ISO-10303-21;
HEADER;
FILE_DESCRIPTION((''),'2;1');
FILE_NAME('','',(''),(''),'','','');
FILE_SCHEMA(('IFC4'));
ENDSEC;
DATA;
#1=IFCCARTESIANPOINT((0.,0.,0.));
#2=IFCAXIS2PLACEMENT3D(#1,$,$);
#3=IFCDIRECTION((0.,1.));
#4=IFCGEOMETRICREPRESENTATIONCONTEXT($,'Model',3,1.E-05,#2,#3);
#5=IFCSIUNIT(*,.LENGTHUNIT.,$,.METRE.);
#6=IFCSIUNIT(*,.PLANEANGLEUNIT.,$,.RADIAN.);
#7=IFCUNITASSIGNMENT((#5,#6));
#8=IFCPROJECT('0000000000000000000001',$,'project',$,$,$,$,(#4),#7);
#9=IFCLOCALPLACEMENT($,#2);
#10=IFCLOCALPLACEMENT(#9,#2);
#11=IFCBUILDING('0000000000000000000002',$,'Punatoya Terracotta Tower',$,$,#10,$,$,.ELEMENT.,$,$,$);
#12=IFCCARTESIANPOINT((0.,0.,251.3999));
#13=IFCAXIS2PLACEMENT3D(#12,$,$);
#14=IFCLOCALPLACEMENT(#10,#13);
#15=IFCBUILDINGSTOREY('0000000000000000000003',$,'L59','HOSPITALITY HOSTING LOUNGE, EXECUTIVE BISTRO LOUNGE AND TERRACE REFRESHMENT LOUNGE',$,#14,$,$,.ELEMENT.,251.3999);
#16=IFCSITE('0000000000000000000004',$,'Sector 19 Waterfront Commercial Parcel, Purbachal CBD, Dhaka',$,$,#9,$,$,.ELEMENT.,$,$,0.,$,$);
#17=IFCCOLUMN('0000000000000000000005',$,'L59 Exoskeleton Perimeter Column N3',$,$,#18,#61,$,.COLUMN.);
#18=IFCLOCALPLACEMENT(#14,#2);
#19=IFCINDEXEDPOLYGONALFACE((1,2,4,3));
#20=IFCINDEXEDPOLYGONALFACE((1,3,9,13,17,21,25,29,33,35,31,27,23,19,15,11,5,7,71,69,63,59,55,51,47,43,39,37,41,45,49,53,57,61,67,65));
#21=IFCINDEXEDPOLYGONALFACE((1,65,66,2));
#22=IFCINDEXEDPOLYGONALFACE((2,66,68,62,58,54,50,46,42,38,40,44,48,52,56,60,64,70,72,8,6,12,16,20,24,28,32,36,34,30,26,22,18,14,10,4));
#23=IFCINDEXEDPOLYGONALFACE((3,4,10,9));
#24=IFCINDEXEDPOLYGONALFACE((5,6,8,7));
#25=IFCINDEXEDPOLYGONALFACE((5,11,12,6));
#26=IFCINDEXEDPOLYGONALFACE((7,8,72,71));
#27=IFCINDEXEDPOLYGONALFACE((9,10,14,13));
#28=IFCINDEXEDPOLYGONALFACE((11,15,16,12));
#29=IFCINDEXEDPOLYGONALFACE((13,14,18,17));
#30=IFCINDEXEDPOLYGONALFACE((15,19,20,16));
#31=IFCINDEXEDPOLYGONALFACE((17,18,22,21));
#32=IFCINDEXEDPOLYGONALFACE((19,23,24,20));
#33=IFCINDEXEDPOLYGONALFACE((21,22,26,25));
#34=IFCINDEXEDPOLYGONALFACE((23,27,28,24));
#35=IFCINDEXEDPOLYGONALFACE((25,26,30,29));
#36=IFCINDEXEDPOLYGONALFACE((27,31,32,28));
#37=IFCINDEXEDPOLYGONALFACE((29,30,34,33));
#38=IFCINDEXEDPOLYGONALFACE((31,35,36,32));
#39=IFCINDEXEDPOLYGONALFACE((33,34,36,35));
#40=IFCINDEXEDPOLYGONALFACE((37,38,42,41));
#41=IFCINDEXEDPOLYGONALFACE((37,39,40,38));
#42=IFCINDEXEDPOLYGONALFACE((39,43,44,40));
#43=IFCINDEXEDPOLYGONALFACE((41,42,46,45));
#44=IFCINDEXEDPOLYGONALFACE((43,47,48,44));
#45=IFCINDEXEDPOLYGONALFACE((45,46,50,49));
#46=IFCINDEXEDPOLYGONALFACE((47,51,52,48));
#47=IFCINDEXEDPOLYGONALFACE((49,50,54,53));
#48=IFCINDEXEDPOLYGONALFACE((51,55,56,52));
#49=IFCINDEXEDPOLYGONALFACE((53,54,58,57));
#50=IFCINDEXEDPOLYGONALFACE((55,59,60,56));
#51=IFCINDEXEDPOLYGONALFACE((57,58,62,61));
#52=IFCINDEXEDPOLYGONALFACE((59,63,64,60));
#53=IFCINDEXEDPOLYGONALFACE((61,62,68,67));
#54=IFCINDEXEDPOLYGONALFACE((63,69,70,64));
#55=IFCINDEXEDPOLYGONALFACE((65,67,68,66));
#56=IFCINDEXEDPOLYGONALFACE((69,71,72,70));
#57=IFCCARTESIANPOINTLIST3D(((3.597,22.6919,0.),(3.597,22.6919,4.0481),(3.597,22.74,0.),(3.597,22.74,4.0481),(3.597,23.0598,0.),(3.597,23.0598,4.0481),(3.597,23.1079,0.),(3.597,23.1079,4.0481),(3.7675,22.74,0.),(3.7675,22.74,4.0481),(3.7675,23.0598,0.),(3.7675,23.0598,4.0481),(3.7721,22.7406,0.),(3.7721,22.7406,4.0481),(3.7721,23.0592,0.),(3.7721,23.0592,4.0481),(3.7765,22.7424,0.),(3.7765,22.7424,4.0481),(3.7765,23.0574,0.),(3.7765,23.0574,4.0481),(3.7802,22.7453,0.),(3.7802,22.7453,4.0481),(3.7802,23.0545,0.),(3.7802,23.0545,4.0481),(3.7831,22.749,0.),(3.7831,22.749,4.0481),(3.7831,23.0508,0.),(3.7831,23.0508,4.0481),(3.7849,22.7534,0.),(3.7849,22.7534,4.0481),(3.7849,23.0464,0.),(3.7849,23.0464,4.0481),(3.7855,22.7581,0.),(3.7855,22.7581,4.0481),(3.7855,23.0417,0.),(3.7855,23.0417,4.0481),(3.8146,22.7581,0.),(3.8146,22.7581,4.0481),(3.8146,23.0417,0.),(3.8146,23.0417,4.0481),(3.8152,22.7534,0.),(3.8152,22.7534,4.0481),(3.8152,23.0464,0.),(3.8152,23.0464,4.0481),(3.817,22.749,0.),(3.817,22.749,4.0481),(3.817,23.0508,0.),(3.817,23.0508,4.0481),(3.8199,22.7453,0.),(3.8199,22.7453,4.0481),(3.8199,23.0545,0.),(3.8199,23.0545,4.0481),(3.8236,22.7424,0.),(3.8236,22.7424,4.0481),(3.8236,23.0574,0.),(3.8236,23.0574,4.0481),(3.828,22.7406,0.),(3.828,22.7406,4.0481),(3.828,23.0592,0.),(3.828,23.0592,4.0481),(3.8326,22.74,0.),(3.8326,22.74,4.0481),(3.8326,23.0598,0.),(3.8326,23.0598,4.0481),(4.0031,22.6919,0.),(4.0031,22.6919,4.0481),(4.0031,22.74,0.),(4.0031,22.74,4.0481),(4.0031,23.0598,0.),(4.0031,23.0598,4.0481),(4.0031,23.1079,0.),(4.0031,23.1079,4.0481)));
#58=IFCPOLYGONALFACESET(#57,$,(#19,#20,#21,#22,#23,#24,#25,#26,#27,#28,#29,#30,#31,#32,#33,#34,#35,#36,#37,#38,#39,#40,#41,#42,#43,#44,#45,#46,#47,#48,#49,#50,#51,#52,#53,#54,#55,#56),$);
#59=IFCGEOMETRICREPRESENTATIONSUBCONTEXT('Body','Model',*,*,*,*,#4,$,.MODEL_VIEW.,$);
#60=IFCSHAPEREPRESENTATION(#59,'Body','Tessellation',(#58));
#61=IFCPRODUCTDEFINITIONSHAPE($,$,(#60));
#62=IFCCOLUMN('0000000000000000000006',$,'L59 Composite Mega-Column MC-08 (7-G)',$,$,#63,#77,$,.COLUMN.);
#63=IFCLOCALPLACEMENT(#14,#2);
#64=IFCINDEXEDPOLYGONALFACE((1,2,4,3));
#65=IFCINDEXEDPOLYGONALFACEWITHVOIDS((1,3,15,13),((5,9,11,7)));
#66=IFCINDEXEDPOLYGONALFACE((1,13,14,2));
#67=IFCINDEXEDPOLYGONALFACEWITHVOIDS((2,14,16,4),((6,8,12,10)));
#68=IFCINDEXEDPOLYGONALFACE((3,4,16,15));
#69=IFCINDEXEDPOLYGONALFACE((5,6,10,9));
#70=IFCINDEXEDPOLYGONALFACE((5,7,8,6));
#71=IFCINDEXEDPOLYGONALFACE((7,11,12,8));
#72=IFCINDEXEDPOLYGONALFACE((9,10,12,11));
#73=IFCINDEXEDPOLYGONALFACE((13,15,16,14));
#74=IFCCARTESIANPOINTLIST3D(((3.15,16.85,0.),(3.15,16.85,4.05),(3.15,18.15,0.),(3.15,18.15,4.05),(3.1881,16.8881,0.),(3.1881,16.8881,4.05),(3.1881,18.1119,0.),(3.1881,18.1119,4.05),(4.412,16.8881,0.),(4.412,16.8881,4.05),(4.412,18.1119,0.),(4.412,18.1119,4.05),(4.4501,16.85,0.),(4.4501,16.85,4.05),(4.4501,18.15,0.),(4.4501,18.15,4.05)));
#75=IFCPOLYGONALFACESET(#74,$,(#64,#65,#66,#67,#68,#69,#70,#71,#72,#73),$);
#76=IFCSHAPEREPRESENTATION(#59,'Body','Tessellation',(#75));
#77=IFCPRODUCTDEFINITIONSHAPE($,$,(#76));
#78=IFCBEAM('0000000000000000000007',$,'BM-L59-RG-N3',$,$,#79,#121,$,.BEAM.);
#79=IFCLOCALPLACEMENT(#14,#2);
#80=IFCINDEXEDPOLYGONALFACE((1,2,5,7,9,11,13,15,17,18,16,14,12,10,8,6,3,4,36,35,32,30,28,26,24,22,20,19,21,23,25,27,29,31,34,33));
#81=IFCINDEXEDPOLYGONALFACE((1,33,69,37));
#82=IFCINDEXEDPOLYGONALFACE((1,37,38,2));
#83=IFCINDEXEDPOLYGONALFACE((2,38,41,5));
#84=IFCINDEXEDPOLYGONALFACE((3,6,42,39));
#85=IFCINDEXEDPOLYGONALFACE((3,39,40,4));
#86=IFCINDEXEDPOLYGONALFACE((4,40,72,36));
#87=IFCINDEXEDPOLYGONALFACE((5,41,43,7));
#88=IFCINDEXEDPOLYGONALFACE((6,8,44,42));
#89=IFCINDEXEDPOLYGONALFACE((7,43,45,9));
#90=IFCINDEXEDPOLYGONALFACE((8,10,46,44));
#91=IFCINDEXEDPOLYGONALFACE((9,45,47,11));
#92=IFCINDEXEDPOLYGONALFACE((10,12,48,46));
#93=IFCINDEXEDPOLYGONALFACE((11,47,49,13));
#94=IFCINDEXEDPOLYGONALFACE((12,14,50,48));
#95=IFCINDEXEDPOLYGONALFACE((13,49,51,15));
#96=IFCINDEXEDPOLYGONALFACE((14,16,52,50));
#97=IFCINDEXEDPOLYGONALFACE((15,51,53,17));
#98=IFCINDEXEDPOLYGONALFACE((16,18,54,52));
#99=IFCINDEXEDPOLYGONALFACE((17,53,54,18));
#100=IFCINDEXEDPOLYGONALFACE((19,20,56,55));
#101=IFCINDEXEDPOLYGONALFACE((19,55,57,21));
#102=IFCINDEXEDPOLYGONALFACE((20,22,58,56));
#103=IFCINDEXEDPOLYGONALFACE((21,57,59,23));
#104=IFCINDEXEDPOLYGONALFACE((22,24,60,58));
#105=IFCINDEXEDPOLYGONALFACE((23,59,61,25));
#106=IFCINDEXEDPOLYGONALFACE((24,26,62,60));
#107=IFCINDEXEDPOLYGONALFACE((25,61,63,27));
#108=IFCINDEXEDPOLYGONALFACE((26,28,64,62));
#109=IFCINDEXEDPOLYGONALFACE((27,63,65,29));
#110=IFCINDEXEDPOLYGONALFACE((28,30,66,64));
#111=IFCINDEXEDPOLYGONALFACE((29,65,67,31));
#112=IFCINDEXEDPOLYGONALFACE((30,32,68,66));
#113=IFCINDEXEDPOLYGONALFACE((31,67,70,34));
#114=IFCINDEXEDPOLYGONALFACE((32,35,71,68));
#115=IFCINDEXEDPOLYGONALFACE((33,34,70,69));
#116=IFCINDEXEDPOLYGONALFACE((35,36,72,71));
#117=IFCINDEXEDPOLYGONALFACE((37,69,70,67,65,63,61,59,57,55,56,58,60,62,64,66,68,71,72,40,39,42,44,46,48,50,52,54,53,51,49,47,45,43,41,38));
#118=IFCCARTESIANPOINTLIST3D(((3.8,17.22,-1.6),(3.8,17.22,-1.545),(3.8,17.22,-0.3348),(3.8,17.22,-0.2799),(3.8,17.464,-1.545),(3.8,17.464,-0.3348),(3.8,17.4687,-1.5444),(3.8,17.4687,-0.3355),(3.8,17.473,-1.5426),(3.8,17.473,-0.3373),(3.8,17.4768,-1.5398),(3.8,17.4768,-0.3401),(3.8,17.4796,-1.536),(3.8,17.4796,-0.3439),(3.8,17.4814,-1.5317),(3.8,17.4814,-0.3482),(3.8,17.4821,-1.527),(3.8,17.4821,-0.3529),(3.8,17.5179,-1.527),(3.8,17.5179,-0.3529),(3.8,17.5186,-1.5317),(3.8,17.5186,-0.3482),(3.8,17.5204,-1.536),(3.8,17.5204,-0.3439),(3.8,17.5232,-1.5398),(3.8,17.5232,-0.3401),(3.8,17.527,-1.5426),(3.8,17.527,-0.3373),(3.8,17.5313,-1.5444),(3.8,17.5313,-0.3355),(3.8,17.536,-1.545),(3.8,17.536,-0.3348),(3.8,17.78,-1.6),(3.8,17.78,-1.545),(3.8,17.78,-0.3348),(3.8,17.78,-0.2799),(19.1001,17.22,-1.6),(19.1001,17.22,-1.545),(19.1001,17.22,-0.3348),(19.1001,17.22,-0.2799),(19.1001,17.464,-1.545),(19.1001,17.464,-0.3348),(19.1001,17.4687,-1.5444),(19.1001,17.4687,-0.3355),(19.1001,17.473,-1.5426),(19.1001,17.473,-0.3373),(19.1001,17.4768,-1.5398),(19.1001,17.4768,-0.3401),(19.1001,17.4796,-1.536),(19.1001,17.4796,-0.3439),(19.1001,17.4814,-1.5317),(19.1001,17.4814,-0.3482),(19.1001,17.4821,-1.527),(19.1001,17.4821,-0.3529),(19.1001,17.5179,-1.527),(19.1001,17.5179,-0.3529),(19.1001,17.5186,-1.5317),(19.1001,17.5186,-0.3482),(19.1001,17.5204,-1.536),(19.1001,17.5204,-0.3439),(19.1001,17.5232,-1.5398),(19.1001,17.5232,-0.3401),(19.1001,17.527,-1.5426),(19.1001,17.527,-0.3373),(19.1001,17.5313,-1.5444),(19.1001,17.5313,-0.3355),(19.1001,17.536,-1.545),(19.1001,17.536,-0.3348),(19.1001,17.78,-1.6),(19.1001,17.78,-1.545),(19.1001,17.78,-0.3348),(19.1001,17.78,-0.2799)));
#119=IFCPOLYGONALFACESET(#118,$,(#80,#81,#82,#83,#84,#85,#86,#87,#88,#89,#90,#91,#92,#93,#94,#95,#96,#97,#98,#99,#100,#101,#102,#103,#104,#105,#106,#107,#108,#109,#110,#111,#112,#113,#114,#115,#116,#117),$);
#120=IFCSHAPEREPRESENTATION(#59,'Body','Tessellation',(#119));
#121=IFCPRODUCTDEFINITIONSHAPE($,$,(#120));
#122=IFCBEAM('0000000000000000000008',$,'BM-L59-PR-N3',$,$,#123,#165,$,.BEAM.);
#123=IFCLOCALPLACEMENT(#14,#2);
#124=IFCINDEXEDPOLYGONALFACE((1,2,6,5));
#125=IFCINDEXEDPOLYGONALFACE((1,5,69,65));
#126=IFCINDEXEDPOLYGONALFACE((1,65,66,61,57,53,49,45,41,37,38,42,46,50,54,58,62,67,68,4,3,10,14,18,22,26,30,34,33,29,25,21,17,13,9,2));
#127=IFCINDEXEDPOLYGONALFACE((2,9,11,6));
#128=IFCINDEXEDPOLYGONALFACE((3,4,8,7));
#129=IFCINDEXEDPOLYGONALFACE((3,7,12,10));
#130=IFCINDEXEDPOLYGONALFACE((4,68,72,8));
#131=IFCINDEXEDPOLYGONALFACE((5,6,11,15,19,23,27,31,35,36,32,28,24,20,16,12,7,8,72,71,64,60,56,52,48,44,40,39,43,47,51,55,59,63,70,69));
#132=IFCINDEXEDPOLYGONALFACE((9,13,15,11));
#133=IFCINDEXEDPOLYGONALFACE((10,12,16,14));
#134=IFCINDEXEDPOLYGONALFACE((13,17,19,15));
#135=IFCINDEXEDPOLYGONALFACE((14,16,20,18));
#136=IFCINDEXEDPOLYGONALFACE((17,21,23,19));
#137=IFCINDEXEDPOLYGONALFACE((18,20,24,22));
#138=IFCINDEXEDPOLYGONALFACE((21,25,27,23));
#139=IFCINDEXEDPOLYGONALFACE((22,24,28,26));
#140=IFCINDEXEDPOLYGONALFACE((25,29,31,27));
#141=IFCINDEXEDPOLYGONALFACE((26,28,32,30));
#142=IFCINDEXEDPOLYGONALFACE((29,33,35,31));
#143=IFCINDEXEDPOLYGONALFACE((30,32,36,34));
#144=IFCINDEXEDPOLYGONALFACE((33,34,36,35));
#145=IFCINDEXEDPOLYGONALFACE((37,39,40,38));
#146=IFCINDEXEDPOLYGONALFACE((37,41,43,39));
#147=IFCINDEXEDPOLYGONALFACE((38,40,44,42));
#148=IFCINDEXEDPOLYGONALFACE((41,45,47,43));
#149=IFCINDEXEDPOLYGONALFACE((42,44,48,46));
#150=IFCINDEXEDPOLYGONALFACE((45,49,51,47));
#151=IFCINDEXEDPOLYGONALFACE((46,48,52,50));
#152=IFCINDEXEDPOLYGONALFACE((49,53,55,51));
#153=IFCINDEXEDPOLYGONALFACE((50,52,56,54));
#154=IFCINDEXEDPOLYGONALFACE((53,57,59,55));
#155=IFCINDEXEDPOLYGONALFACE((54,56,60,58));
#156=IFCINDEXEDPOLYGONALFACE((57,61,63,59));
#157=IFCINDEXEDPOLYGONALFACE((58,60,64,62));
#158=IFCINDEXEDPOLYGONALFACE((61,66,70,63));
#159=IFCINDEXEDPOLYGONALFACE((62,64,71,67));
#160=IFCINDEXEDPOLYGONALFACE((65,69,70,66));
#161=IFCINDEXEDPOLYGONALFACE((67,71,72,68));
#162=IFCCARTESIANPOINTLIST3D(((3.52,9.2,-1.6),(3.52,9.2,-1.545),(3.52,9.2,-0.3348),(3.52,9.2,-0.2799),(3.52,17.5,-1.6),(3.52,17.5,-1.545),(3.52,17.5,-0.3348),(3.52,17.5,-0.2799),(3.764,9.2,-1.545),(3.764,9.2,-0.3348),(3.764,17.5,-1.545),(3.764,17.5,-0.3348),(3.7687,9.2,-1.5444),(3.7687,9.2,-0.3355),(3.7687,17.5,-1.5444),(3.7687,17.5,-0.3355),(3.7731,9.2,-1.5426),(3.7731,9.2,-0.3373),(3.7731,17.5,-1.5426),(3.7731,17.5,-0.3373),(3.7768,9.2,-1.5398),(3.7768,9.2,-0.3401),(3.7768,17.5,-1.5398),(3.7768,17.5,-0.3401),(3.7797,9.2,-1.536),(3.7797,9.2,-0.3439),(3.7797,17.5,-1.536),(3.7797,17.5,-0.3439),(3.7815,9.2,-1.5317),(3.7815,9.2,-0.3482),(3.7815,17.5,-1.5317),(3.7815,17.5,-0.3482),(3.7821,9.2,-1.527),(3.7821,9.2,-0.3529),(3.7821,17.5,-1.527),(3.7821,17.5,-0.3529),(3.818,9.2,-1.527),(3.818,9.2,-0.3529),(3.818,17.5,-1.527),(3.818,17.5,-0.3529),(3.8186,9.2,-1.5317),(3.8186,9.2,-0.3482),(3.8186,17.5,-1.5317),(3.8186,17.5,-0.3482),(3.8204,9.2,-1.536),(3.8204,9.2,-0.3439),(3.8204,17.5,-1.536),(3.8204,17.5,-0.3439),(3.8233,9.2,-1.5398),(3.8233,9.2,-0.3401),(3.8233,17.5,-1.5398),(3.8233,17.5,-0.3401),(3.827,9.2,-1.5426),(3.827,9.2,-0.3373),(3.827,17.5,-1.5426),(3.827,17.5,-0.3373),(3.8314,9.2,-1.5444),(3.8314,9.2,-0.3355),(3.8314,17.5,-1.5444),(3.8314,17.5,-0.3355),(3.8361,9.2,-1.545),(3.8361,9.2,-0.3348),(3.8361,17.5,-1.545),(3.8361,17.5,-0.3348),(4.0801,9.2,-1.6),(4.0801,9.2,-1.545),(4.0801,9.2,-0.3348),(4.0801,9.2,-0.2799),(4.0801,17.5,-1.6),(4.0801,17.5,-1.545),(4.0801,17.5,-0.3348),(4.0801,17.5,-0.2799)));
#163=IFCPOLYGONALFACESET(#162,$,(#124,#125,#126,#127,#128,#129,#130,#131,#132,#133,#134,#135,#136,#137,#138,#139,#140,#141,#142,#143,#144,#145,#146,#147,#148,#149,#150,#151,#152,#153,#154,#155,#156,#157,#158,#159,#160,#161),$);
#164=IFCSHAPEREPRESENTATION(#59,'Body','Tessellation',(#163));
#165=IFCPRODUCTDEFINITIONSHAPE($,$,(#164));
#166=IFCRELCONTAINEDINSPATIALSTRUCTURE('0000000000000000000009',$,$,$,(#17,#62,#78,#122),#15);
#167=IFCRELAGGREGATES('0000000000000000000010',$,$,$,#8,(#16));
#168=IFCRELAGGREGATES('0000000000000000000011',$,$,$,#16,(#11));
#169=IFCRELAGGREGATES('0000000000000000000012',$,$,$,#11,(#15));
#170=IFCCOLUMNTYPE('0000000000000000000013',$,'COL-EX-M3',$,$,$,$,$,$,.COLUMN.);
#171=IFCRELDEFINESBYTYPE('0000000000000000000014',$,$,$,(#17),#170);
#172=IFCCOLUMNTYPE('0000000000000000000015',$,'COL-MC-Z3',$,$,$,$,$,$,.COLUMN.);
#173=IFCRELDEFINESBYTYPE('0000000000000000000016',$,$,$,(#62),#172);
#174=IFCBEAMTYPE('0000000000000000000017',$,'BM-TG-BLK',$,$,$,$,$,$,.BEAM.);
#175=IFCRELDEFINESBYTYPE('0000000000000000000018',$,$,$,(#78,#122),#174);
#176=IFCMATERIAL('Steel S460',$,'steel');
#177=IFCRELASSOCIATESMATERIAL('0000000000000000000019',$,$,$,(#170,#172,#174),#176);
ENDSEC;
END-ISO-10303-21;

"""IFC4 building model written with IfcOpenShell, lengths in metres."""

from ifc_helpers import new_model, si_unit, direction, frame, origin, origin_2d, place, context, subcontext, project, spatial, hollow_rectangle, i_section, extrude, material, material_profile, profile_set, type_object, element, save


model = new_model("IFC4")

# Units and contexts
model_context = context("Model", 3, precision=1e-05, world=origin(), true_north=direction((0.0, 1.0)))
body_context = subcontext(model_context, "Body", "Model", "MODEL_VIEW")
ifc_project = project(units=[si_unit("LENGTHUNIT", "METRE"), si_unit("PLANEANGLEUNIT", "RADIAN")], contexts=[model_context])

# Site, building, storey
site_placement = place(None, origin())
site = spatial("IfcSite", under=ifc_project, at=site_placement, Name="Sector 19 Waterfront Commercial Parcel, Purbachal CBD, Dhaka", CompositionType="ELEMENT", RefElevation=0.0)
building_placement = place(site_placement, origin())
building = spatial("IfcBuilding", under=site, at=building_placement, Name="Punatoya Terracotta Tower", CompositionType="ELEMENT")
storey_placement = place(building_placement, frame((0.0, 0.0, 251.3999)))
storey = spatial("IfcBuildingStorey", under=building, at=storey_placement, Name="L59", Description="HOSPITALITY HOSTING LOUNGE, EXECUTIVE BISTRO LOUNGE AND TERRACE REFRESHMENT LOUNGE", CompositionType="ELEMENT", Elevation=251.3999)

# Columns
ifc_material_1 = material(Name="Steel S460", Category="steel")
ifc_material_profile_1 = material_profile(ifc_material_1, i_section(OverallWidth=0.406, OverallDepth=0.416, WebThickness=0.0291, FlangeThickness=0.0481, FilletRadius=0.0181, at=origin_2d()))
ifc_profile_set_1 = profile_set([ifc_material_profile_1], Name="Steel S460")
column_type_1 = type_object("IfcColumnType", Name="COL-EX-M3", PredefinedType="COLUMN", material=ifc_profile_set_1)
column_1_placement = place(storey_placement, frame((3.8, 22.8999, 0.0), z_axis=(0.0, 0.0, 1.0), x_axis=(1.0, 0.0, 0.0)))
element("IfcColumn", 1, at=column_1_placement, inside=storey, type_object=column_type_1, Name="L59 Exoskeleton Perimeter Column N3", PredefinedType="COLUMN", context=body_context, shape_type="SweptSolid", body=[
    extrude(i_section(OverallWidth=0.406, OverallDepth=0.416, WebThickness=0.0291, FlangeThickness=0.0481, FilletRadius=0.0181, at=origin_2d()), origin(), (0.0, 0.0, 1.0), 4.0481),
])
ifc_material_profile_2 = material_profile(ifc_material_1, hollow_rectangle(XDim=1.3, YDim=1.3, WallThickness=0.0381, at=origin_2d()))
ifc_profile_set_2 = profile_set([ifc_material_profile_2], Name="Steel S460")
column_type_2 = type_object("IfcColumnType", Name="COL-MC-Z3", PredefinedType="COLUMN", material=ifc_profile_set_2)
column_2_placement = place(storey_placement, frame((3.8, 17.5, 0.0), z_axis=(0.0, 0.0, 1.0), x_axis=(1.0, 0.0, 0.0)))
element("IfcColumn", 2, at=column_2_placement, inside=storey, type_object=column_type_2, Name="L59 Composite Mega-Column MC-08 (7-G)", PredefinedType="COLUMN", context=body_context, shape_type="SweptSolid", body=[
    extrude(hollow_rectangle(XDim=1.3, YDim=1.3, WallThickness=0.0381, at=origin_2d()), origin(), (0.0, 0.0, 1.0), 4.05),
])

# Beams
ifc_material_profile_3 = material_profile(ifc_material_1, i_section(OverallWidth=0.5601, OverallDepth=1.3201, WebThickness=0.0359, FlangeThickness=0.0549, FilletRadius=0.0181, at=origin_2d()))
ifc_profile_set_3 = profile_set([ifc_material_profile_3], Name="Steel S460")
beam_type = type_object("IfcBeamType", Name="BM-TG-BLK", PredefinedType="BEAM", material=ifc_profile_set_3)
beam_1_placement = place(storey_placement, frame((3.8, 17.5, -0.9399), z_axis=(1.0, 0.0, 0.0), x_axis=(0.0, 1.0, 0.0)))
element("IfcBeam", 3, at=beam_1_placement, inside=storey, type_object=beam_type, Name="BM-L59-RG-N3", PredefinedType="BEAM", context=body_context, shape_type="SweptSolid", body=[
    extrude(i_section(OverallWidth=0.5601, OverallDepth=1.3201, WebThickness=0.0359, FlangeThickness=0.0549, FilletRadius=0.0181, at=origin_2d()), origin(), (0.0, 0.0, 1.0), 15.3),
])
beam_2_placement = place(storey_placement, frame((3.8, 9.2, -0.9399), z_axis=(0.0, 1.0, 0.0), x_axis=(-1.0, 0.0, 0.0)))
element("IfcBeam", 4, at=beam_2_placement, inside=storey, type_object=beam_type, Name="BM-L59-PR-N3", PredefinedType="BEAM", context=body_context, shape_type="SweptSolid", body=[
    extrude(i_section(OverallWidth=0.5601, OverallDepth=1.3201, WebThickness=0.0359, FlangeThickness=0.0549, FilletRadius=0.0181, at=origin_2d()), origin(), (0.0, 0.0, 1.0), 8.3),
])

save(model, "model.ifc")
